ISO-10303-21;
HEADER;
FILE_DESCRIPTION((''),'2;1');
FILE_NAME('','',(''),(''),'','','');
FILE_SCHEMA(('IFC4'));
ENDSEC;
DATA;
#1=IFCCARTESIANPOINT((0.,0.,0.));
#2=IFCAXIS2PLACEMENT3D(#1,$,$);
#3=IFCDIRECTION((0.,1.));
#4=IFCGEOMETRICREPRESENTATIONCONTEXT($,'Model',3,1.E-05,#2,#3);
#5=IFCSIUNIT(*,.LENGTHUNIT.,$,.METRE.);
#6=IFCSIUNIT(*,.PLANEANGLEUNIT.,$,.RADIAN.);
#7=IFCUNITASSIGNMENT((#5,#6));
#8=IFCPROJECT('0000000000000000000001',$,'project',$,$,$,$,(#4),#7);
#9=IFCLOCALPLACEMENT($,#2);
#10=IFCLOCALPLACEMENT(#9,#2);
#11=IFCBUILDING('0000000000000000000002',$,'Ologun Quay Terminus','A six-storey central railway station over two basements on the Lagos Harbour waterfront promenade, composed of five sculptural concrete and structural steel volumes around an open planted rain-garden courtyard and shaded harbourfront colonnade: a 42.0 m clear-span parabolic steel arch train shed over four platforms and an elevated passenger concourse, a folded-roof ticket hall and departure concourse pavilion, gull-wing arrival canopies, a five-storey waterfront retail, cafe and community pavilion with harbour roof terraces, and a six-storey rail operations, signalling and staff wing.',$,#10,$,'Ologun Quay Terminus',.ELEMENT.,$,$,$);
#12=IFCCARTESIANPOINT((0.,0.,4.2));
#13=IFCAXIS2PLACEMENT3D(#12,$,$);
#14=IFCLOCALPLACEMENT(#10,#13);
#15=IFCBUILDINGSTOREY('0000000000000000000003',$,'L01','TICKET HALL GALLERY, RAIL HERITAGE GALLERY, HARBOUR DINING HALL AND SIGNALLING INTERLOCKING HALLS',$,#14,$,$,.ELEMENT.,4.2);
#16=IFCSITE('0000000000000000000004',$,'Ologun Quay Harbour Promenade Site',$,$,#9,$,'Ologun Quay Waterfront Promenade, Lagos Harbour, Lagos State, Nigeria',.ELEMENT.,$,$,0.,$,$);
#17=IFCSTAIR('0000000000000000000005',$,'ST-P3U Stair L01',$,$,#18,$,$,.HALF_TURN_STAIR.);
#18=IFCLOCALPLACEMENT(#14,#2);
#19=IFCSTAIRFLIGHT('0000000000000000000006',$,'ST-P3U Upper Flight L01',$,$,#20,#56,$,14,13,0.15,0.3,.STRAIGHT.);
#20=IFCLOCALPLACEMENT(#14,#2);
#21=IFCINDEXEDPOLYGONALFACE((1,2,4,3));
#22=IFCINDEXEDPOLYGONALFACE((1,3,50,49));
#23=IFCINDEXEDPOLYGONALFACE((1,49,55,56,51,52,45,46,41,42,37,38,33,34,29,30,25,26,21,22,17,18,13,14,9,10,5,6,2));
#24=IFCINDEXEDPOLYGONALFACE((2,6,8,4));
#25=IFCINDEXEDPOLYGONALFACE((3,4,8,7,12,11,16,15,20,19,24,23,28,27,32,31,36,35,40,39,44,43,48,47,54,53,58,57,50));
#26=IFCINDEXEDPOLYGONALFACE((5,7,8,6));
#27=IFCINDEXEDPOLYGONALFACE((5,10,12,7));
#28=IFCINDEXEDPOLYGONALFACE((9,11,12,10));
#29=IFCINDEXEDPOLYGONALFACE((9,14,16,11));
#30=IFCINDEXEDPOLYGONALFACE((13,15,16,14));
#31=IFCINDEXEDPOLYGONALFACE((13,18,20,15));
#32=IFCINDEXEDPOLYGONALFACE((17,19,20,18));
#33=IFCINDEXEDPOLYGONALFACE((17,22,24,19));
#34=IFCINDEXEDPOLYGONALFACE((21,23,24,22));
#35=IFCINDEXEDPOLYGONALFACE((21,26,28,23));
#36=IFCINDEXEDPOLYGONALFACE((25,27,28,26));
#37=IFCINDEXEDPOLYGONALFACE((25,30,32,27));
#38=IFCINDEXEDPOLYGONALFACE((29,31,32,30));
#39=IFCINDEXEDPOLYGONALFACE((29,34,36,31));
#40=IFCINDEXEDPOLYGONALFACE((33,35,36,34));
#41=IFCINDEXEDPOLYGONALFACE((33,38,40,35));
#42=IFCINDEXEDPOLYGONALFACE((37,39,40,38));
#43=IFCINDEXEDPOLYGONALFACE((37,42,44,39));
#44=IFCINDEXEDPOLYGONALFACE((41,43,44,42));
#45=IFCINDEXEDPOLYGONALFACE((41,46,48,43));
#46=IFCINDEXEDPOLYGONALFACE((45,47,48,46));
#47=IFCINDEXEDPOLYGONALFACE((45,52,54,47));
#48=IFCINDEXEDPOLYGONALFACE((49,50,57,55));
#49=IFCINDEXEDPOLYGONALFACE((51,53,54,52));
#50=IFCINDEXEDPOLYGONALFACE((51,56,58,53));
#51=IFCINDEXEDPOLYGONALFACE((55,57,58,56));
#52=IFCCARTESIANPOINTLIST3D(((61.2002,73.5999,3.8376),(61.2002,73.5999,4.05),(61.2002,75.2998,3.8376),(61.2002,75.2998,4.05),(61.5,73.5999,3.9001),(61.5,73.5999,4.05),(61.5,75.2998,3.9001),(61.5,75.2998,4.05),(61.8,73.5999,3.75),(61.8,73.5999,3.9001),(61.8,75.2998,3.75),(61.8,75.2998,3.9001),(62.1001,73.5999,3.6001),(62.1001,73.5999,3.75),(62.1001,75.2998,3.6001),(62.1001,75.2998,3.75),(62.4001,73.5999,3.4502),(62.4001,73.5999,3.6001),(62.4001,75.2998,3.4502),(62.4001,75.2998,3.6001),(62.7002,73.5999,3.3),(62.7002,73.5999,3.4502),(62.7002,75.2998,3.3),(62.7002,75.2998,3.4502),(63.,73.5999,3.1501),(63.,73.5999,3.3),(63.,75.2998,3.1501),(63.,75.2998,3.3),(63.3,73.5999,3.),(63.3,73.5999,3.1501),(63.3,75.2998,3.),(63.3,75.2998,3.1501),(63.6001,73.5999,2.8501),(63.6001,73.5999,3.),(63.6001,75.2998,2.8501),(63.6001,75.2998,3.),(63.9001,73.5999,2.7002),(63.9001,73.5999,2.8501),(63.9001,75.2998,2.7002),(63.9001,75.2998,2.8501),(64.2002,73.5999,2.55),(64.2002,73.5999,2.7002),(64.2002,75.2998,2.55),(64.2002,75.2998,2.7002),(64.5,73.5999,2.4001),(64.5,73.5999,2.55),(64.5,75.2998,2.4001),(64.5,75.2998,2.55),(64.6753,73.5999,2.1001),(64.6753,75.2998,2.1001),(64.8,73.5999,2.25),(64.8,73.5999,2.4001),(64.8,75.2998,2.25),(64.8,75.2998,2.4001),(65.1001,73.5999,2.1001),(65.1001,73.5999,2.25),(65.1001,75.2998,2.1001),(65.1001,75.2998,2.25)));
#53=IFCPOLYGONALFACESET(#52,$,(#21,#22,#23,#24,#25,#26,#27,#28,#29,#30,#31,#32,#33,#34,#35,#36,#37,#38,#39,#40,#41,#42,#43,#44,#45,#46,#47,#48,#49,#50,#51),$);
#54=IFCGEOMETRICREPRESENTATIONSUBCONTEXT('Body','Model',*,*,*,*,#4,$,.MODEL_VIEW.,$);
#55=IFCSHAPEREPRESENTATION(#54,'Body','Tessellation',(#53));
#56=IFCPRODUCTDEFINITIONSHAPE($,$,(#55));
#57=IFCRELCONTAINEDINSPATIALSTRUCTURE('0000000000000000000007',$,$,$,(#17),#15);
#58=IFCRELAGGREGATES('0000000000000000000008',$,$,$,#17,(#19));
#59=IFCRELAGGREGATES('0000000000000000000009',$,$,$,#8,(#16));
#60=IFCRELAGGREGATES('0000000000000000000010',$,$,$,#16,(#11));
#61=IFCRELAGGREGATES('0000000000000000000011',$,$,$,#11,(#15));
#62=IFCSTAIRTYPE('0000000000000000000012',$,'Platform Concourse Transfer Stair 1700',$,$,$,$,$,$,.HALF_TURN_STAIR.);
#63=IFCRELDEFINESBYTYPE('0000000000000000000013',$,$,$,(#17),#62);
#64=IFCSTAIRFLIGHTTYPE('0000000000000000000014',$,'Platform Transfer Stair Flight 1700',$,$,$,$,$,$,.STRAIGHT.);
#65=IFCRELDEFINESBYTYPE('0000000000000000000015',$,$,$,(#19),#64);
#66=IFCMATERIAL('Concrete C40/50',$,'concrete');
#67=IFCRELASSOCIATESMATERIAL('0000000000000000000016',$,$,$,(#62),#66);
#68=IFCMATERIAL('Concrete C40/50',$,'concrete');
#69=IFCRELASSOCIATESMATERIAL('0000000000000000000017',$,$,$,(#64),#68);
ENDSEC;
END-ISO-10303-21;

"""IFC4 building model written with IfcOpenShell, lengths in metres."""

from ifc_helpers import new_model, si_unit, direction, frame, origin, place, context, subcontext, project, spatial, polyline, outline, extrude, material, type_object, element, aggregate, save


model = new_model("IFC4")

# Units and contexts
model_context = context("Model", 3, precision=1e-05, world=origin(), true_north=direction((0.0, 1.0)))
body_context = subcontext(model_context, "Body", "Model", "MODEL_VIEW")
ifc_project = project(units=[si_unit("LENGTHUNIT", "METRE"), si_unit("PLANEANGLEUNIT", "RADIAN")], contexts=[model_context])

# Site, building, storey
site_placement = place(None, origin())
site = spatial("IfcSite", under=ifc_project, at=site_placement, Name="Ologun Quay Harbour Promenade Site", LongName="Ologun Quay Waterfront Promenade, Lagos Harbour, Lagos State, Nigeria", CompositionType="ELEMENT", RefElevation=0.0)
building_placement = place(site_placement, origin())
building = spatial("IfcBuilding", under=site, at=building_placement, Name="Ologun Quay Terminus", Description="A six-storey central railway station over two basements on the Lagos Harbour waterfront promenade, composed of five sculptural concrete and structural steel volumes around an open planted rain-garden courtyard and shaded harbourfront colonnade: a 42.0 m clear-span parabolic steel arch train shed over four platforms and an elevated passenger concourse, a folded-roof ticket hall and departure concourse pavilion, gull-wing arrival canopies, a five-storey waterfront retail, cafe and community pavilion with harbour roof terraces, and a six-storey rail operations, signalling and staff wing.", LongName="Ologun Quay Terminus", CompositionType="ELEMENT")
storey_placement = place(building_placement, frame((0.0, 0.0, 4.2)))
storey = spatial("IfcBuildingStorey", under=building, at=storey_placement, Name="L01", Description="TICKET HALL GALLERY, RAIL HERITAGE GALLERY, HARBOUR DINING HALL AND SIGNALLING INTERLOCKING HALLS", CompositionType="ELEMENT", Elevation=4.2)

# Stair, stair flight
ifc_material_1 = material(Name="Concrete C40/50", Category="concrete")
stair_type = type_object("IfcStairType", Name="Platform Concourse Transfer Stair 1700", PredefinedType="HALF_TURN_STAIR", material=ifc_material_1)
stair_placement = place(storey_placement, origin())
stair = element("IfcStair", 1, at=stair_placement, inside=storey, type_object=stair_type, Name="ST-P3U Stair L01", PredefinedType="HALF_TURN_STAIR")
ifc_material_2 = material(Name="Concrete C40/50", Category="concrete")
stair_flight_type = type_object("IfcStairFlightType", Name="Platform Transfer Stair Flight 1700", PredefinedType="STRAIGHT", material=ifc_material_2)
stair_flight_placement = place(storey_placement, frame((65.1001, 74.45, 2.1001), z_axis=(0.0, 0.0, 1.0), x_axis=(-1.0, 0.0, 0.0)))
stair_flight = element("IfcStairFlight", 2, at=stair_flight_placement, type_object=stair_flight_type, Name="ST-P3U Upper Flight L01", NumberOfRisers=14, NumberOfTreads=13, PredefinedType="STRAIGHT", RiserHeight=0.15, TreadLength=0.3, context=body_context, shape_type="SweptSolid", body=[
    extrude(outline(polyline([(0.0, 0.0), (0.0, 0.1499), (0.3, 0.1499), (0.3, 0.3), (0.6001, 0.3), (0.6001, 0.45), (0.8999, 0.45), (0.8999, 0.6001), (1.2, 0.6001), (1.2, 0.75), (1.5, 0.75), (1.5, 0.8999), (1.8, 0.8999), (1.8, 1.05), (2.1001, 1.05), (2.1001, 1.2), (2.3999, 1.2), (2.3999, 1.3501), (2.7, 1.3501), (2.7, 1.5), (3.0, 1.5), (3.0, 1.6499), (3.3, 1.6499), (3.3, 1.8), (3.6001, 1.8), (3.6001, 1.95), (3.8999, 1.95), (3.8999, 2.1001), (3.8999, 1.7375), (0.4248, 0.0), (0.0, 0.0)])), frame((0.0, 0.8501, 0.0), z_axis=(0.0, -1.0, 0.0), x_axis=(1.0, 0.0, 0.0)), (0.0, 0.0, 1.0), 1.7),
])
aggregate(stair, [stair_flight])

save(model, "model.ifc")
